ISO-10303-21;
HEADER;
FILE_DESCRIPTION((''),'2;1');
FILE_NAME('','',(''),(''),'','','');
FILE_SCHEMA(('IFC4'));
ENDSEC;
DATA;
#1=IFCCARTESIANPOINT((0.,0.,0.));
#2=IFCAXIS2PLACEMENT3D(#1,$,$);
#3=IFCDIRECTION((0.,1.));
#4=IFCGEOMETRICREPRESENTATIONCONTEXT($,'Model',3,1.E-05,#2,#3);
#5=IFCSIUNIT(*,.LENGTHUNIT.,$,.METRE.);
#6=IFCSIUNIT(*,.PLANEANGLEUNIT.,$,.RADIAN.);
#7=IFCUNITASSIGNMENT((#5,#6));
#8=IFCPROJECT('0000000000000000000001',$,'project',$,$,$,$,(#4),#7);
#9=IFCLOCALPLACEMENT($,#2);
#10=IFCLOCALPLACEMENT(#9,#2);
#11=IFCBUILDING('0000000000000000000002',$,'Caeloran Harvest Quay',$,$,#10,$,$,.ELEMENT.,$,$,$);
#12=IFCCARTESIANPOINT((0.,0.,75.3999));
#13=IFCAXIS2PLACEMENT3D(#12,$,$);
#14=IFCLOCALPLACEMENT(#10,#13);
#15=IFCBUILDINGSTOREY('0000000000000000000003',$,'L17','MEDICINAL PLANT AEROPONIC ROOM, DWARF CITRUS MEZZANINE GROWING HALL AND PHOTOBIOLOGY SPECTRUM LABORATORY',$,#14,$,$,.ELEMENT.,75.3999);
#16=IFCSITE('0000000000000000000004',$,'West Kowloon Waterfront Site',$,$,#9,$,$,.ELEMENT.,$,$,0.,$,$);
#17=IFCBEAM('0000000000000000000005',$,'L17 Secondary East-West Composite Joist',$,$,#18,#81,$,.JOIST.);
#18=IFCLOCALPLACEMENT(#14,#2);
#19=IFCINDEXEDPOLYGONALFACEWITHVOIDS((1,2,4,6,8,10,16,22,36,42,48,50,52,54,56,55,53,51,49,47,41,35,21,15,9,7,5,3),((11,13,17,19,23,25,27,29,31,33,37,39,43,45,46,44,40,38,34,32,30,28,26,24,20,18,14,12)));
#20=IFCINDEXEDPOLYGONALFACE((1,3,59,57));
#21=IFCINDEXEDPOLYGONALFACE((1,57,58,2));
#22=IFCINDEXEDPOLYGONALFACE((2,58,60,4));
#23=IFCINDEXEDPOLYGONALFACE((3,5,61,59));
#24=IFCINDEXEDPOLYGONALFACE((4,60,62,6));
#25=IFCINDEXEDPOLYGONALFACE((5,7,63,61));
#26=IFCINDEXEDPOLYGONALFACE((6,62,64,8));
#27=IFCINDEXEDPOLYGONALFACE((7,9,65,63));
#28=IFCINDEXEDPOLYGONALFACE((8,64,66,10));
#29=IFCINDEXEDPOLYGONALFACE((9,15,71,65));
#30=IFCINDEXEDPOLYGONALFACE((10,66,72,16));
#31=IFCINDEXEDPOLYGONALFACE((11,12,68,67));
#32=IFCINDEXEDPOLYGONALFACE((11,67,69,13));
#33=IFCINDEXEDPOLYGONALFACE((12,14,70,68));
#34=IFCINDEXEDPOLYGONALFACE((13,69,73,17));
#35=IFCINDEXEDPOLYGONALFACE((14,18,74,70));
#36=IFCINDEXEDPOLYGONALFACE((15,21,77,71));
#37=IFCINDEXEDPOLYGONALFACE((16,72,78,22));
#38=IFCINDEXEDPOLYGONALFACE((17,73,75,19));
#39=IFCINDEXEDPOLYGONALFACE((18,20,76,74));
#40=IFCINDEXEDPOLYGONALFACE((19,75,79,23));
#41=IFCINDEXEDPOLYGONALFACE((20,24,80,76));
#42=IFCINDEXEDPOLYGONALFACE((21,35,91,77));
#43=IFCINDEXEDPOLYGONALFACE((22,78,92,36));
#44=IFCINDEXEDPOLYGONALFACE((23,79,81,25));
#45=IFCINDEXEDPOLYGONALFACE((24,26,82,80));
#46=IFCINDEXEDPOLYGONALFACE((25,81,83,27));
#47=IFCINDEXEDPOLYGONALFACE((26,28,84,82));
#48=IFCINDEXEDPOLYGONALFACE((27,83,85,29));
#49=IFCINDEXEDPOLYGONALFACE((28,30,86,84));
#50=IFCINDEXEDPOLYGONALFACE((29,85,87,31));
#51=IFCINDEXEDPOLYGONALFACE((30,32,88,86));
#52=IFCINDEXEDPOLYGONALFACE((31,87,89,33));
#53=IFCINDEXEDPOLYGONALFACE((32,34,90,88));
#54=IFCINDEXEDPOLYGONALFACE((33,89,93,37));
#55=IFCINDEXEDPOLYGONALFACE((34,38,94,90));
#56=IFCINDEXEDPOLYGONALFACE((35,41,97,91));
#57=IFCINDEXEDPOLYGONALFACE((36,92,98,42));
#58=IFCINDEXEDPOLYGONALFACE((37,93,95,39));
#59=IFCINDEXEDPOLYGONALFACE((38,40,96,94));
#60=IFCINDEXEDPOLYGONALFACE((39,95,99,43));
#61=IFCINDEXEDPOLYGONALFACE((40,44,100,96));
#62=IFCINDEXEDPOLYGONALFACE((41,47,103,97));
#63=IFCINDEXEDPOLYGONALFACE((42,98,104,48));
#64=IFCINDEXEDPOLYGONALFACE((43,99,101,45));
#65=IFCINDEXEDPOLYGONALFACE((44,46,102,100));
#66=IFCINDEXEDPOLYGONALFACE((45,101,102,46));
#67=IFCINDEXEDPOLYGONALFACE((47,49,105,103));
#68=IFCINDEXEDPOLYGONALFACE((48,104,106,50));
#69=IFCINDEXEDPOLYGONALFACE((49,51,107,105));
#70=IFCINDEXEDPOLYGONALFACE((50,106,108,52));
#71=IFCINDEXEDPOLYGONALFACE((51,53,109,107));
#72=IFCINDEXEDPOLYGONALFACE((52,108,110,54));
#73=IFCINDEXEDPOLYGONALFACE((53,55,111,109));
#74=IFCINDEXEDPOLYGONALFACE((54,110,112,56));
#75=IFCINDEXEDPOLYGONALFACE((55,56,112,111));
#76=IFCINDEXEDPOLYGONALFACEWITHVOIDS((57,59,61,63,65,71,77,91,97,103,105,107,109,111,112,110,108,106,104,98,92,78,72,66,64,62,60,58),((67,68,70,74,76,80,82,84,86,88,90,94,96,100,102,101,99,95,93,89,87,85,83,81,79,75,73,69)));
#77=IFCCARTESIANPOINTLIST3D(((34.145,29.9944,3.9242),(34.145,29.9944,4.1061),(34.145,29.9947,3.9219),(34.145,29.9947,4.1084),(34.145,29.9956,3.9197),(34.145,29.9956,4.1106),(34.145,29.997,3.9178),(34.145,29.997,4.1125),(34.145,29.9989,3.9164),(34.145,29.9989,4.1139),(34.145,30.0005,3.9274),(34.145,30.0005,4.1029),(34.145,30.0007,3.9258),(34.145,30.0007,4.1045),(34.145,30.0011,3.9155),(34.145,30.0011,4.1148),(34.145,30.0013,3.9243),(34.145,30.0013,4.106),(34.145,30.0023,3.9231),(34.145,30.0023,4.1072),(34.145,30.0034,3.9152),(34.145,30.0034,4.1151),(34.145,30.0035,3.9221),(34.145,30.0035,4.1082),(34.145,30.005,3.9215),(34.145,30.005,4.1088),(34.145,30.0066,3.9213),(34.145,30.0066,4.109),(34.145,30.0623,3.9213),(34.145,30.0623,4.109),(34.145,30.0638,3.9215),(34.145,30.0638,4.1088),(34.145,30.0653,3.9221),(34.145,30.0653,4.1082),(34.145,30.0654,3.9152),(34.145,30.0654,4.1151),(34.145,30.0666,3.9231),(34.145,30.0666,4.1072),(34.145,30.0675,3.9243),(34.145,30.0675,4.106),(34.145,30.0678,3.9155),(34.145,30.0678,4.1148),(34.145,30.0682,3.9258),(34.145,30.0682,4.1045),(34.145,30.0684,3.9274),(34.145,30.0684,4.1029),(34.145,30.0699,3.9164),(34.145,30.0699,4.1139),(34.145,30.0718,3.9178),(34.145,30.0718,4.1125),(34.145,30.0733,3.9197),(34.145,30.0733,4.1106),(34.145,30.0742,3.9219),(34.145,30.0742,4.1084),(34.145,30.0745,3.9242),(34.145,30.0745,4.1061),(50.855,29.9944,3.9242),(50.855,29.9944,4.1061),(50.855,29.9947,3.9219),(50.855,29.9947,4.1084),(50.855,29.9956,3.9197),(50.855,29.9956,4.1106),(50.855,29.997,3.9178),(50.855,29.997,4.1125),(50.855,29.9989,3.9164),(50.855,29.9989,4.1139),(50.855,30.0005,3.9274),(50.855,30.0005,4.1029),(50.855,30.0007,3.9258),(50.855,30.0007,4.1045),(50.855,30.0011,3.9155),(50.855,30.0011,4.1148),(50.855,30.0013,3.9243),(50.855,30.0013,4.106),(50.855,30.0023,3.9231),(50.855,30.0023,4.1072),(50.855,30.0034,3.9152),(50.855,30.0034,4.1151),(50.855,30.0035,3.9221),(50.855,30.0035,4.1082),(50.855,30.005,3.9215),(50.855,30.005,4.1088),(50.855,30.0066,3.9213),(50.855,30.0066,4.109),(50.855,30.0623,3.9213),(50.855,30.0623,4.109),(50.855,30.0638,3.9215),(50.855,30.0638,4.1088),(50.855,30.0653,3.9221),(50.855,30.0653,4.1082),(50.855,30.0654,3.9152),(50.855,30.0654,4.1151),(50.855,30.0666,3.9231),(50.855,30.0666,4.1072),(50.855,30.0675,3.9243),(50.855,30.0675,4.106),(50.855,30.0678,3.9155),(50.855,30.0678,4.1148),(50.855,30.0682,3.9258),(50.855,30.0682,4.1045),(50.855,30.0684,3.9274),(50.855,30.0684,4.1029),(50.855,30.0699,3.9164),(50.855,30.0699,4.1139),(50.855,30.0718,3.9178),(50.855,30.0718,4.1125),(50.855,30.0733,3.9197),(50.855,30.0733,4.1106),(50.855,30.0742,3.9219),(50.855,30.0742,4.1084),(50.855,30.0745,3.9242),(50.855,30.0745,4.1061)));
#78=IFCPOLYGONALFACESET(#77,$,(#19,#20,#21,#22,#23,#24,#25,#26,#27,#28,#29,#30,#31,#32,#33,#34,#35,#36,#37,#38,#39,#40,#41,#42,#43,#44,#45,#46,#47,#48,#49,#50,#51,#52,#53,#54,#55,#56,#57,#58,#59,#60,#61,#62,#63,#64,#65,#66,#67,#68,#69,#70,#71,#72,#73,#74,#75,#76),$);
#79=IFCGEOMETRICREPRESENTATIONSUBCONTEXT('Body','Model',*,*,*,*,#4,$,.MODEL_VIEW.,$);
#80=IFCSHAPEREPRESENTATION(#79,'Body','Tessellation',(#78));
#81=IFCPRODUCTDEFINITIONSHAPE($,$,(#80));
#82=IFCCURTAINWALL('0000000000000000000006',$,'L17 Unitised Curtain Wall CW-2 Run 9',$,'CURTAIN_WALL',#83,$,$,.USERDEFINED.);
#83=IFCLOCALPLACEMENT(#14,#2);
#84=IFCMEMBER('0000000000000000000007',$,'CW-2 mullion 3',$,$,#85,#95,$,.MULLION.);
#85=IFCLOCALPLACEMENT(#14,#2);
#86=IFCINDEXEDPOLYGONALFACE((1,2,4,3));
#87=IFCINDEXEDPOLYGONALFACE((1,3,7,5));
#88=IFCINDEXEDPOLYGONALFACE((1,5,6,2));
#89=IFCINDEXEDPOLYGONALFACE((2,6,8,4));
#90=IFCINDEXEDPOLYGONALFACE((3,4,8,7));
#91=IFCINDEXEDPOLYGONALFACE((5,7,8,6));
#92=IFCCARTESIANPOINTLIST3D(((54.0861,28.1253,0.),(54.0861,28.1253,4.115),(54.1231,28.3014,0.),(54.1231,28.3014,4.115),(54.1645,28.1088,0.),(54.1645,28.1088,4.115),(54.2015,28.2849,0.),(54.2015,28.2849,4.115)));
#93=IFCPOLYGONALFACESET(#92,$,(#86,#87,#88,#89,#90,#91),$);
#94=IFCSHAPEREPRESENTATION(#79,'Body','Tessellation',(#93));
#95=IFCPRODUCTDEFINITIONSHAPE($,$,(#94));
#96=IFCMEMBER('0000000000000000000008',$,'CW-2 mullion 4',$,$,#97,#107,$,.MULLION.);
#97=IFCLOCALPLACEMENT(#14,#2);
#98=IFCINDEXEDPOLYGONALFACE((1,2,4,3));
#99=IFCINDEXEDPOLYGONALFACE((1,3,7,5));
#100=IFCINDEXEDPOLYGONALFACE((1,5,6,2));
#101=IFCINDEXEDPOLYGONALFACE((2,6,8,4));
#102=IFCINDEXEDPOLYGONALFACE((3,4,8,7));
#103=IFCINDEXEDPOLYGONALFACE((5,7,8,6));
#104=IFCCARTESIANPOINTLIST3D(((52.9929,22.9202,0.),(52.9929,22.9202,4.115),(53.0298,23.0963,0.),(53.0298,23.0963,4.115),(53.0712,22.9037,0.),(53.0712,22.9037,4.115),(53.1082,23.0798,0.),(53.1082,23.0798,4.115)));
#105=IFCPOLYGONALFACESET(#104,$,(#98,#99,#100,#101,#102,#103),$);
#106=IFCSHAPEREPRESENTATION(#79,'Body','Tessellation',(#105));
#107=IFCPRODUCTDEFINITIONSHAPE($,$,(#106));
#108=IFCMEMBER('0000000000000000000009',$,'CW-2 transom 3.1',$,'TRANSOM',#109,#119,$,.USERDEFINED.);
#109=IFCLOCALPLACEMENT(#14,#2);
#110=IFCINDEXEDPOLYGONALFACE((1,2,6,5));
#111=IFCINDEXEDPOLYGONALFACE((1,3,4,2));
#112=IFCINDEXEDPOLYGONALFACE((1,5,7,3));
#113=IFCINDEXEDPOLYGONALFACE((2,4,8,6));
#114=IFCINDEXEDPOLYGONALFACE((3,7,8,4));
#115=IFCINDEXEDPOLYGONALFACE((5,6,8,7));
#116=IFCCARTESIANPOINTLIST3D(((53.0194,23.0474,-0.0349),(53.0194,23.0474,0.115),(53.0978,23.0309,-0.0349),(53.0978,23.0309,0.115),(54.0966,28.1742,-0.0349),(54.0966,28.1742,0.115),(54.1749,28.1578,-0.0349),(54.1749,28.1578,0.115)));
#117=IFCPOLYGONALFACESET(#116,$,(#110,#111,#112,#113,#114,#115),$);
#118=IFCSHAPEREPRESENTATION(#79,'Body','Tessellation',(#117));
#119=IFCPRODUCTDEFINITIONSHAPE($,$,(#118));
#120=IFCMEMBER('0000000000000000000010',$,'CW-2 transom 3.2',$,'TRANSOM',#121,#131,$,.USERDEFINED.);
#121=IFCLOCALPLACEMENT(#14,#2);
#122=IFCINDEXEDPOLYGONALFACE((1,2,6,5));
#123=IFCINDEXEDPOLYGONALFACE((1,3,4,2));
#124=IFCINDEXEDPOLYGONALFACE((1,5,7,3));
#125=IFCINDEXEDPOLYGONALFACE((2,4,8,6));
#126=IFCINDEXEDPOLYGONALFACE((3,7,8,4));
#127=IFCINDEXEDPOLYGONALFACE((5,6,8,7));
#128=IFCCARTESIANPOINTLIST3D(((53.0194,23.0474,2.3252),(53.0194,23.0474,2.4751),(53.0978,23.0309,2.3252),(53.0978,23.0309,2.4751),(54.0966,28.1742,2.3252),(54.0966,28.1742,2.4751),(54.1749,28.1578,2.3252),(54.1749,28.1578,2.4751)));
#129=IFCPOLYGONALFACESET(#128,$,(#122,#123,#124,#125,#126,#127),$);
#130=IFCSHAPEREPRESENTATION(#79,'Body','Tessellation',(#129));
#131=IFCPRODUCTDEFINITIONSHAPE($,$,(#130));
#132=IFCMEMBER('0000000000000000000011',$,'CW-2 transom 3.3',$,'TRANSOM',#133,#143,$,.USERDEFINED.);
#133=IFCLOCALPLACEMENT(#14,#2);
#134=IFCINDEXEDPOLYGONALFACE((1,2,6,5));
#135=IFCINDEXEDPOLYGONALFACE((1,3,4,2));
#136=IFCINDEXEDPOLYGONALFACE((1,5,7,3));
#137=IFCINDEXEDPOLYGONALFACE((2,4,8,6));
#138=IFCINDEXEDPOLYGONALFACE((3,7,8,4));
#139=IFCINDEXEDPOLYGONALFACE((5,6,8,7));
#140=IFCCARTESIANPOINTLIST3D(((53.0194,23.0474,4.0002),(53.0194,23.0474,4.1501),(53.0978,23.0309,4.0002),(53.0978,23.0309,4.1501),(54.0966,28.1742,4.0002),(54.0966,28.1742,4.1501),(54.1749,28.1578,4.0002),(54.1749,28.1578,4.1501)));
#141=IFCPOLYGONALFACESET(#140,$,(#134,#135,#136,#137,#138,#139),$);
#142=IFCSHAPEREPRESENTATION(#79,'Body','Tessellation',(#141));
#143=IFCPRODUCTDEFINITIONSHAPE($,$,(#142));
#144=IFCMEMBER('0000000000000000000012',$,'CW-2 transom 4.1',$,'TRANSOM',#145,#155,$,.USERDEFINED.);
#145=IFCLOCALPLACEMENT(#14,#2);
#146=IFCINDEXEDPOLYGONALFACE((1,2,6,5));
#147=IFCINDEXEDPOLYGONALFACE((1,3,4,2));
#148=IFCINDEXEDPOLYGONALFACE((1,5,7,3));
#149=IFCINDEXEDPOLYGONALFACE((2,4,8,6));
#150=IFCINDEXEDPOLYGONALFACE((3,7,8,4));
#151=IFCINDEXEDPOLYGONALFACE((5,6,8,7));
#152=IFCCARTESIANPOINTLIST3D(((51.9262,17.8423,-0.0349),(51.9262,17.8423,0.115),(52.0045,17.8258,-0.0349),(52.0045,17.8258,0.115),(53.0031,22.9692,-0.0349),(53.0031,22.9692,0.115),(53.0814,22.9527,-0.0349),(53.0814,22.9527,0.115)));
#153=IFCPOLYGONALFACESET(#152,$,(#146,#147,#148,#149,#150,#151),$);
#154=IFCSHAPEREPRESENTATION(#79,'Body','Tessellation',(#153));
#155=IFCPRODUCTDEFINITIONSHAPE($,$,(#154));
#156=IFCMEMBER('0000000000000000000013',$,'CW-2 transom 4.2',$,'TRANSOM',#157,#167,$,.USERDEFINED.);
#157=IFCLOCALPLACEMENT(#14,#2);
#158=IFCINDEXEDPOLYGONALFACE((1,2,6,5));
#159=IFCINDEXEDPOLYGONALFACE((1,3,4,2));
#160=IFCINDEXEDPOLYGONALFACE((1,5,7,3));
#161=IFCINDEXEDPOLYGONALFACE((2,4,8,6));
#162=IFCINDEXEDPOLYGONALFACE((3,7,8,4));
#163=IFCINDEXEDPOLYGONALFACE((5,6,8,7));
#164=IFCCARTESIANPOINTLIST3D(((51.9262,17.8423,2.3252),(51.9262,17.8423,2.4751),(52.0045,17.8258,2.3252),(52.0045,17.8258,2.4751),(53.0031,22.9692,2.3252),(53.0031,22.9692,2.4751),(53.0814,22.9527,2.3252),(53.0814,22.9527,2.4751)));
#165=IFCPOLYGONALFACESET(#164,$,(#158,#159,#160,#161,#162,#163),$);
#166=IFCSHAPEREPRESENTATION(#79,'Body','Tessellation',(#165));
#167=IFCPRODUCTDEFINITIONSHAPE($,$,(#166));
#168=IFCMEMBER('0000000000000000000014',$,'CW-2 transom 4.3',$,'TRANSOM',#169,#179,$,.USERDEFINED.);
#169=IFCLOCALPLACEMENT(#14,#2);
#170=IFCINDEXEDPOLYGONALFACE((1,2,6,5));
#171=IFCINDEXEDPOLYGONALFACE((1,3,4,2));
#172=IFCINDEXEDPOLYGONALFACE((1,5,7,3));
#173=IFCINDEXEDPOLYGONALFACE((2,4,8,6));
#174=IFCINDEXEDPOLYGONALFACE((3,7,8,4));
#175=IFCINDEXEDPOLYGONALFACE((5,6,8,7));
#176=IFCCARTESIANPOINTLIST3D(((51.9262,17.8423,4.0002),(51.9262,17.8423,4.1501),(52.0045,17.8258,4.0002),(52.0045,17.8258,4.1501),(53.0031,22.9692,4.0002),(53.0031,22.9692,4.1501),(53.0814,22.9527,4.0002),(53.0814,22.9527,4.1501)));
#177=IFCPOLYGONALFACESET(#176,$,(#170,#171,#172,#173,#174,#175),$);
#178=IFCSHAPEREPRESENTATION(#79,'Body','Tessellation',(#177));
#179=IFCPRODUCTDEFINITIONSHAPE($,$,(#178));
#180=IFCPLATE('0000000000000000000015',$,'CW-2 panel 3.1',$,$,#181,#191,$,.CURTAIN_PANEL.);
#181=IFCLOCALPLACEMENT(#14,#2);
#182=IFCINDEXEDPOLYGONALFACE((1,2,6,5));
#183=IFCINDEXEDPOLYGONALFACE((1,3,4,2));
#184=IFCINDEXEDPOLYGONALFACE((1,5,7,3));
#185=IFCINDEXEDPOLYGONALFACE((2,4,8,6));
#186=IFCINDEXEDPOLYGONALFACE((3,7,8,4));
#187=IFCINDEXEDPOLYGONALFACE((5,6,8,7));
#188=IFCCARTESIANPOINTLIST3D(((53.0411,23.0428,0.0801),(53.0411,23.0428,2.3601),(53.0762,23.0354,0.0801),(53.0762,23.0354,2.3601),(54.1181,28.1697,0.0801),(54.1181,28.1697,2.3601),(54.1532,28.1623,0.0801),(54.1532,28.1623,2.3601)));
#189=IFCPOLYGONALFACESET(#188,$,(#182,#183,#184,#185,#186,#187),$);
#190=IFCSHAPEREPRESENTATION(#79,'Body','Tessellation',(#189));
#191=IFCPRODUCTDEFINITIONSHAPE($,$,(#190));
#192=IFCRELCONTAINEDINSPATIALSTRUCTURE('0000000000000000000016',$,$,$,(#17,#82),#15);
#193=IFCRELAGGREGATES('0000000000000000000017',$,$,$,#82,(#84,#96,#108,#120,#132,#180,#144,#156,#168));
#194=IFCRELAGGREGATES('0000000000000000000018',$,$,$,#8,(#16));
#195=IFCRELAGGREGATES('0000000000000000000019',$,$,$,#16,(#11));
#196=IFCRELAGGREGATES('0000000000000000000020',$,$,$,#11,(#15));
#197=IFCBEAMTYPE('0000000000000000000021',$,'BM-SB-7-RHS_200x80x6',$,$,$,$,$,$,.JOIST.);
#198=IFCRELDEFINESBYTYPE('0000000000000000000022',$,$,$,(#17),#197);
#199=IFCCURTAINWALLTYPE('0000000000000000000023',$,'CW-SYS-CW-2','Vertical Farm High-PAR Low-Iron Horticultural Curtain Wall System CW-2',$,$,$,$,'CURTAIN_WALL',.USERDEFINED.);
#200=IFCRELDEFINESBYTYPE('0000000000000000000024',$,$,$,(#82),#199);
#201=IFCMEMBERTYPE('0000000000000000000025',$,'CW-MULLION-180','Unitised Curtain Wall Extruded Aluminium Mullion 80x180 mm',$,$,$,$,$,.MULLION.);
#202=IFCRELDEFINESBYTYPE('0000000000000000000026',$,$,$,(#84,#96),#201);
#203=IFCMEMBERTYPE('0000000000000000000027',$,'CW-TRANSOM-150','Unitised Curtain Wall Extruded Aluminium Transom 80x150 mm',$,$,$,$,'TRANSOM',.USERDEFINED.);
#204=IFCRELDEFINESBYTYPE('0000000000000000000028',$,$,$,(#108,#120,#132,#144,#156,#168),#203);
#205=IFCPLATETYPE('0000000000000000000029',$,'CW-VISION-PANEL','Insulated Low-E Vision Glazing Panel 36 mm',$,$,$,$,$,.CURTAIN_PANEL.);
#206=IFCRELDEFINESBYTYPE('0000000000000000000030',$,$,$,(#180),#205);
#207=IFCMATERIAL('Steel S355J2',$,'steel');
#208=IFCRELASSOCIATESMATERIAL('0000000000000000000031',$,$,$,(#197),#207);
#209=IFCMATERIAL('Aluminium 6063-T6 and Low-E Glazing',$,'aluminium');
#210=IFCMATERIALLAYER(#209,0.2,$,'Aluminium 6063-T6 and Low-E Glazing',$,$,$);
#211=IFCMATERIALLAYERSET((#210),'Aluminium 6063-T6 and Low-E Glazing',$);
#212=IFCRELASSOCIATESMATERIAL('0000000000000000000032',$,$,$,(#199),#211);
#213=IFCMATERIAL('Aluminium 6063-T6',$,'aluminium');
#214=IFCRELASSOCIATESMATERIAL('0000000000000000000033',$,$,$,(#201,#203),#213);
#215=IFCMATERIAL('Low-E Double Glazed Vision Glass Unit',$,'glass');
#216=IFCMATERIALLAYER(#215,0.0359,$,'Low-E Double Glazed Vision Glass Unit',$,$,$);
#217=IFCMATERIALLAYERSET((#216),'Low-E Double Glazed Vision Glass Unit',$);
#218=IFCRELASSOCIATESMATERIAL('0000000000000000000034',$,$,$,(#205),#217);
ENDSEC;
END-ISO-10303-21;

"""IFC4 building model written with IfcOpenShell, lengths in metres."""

from ifc_helpers import new_model, si_unit, direction, frame, origin, origin_2d, place, context, subcontext, project, spatial, rectangle, hollow_rectangle, extrude, material, layer, layer_set, material_profile, profile_set, type_object, element, aggregate, save


model = new_model("IFC4")

# Units and contexts
model_context = context("Model", 3, precision=1e-05, world=origin(), true_north=direction((0.0, 1.0)))
body_context = subcontext(model_context, "Body", "Model", "MODEL_VIEW")
ifc_project = project(units=[si_unit("LENGTHUNIT", "METRE"), si_unit("PLANEANGLEUNIT", "RADIAN")], contexts=[model_context])

# Site, building, storey
site_placement = place(None, origin())
site = spatial("IfcSite", under=ifc_project, at=site_placement, Name="West Kowloon Waterfront Site", CompositionType="ELEMENT", RefElevation=0.0)
building_placement = place(site_placement, origin())
building = spatial("IfcBuilding", under=site, at=building_placement, Name="Caeloran Harvest Quay", CompositionType="ELEMENT")
storey_placement = place(building_placement, frame((0.0, 0.0, 75.3999)))
storey = spatial("IfcBuildingStorey", under=building, at=storey_placement, Name="L17", Description="MEDICINAL PLANT AEROPONIC ROOM, DWARF CITRUS MEZZANINE GROWING HALL AND PHOTOBIOLOGY SPECTRUM LABORATORY", CompositionType="ELEMENT", Elevation=75.3999)

# Beam
ifc_material_1 = material(Name="Steel S355J2", Category="steel")
ifc_material_profile_1 = material_profile(ifc_material_1, hollow_rectangle(XDim=0.0801, YDim=0.2, WallThickness=0.0061, InnerFilletRadius=0.0061, OuterFilletRadius=0.009, at=origin_2d()), Name="RHS 200x80x6")
ifc_profile_set_1 = profile_set([ifc_material_profile_1], Name="Steel S355J2")
beam_type_1 = type_object("IfcBeamType", Name="BM-SB-7-RHS_200x80x6", PredefinedType="JOIST", material=ifc_profile_set_1)
for number, where, z_axis, x_axis, name in (
    (1, (34.145, 30.0344, 4.0151), (1.0, 0.0, 0.0), (0.0, 1.0, 0.0), "L17 Secondary East-West Composite Joist"),
):
    element("IfcBeam", number, at=place(storey_placement, frame(where, z_axis=z_axis, x_axis=x_axis)), inside=storey, type_object=beam_type_1, Name=name, PredefinedType="JOIST", context=body_context, shape_type="SweptSolid", body=[
        extrude(hollow_rectangle(XDim=0.0801, YDim=0.2, WallThickness=0.0061, InnerFilletRadius=0.0061, OuterFilletRadius=0.009, at=origin_2d()), origin(), (0.0, 0.0, 1.0), 16.71),
    ])

# Curtain wall, members, plate
ifc_material_2 = material(Name="Aluminium 6063-T6 and Low-E Glazing", Category="aluminium")
ifc_layer_1 = layer(ifc_material_2, 0.2, Name="Aluminium 6063-T6 and Low-E Glazing")
ifc_layer_set_1 = layer_set([ifc_layer_1], Name="Aluminium 6063-T6 and Low-E Glazing")
curtain_wall_type = type_object("IfcCurtainWallType", Name="CW-SYS-CW-2", Description="Vertical Farm High-PAR Low-Iron Horticultural Curtain Wall System CW-2", ElementType="CURTAIN_WALL", PredefinedType="USERDEFINED", material=ifc_layer_set_1)
curtain_wall_placement = place(storey_placement, origin())
curtain_wall = element("IfcCurtainWall", 2, at=curtain_wall_placement, inside=storey, type_object=curtain_wall_type, Name="L17 Unitised Curtain Wall CW-2 Run 9", ObjectType="CURTAIN_WALL", PredefinedType="USERDEFINED")
ifc_material_3 = material(Name="Aluminium 6063-T6", Category="aluminium")
ifc_material_profile_2 = material_profile(ifc_material_3, rectangle(XDim=0.0801, YDim=0.1799, at=origin_2d()), Name="CW-MULLION-180")
ifc_profile_set_2 = profile_set([ifc_material_profile_2], Name="Aluminium 6063-T6")
member_type_1 = type_object("IfcMemberType", Name="CW-MULLION-180", Description="Unitised Curtain Wall Extruded Aluminium Mullion 80x180 mm", PredefinedType="MULLION", material=ifc_profile_set_2)
member_1_placement = place(storey_placement, frame((54.1438, 28.2051, 0.0), z_axis=(0.0, 0.0, 1.0), x_axis=(0.97864, -0.205583, 0.0)))
member_1 = element("IfcMember", 3, at=member_1_placement, type_object=member_type_1, Name="CW-2 mullion 3", PredefinedType="MULLION", context=body_context, shape_type="SweptSolid", body=[
    extrude(rectangle(XDim=0.0801, YDim=0.1799, at=origin_2d()), origin(), (0.0, 0.0, 1.0), 4.115),
])
member_2_placement = place(storey_placement, frame((53.0505, 23.0, 0.0), z_axis=(0.0, 0.0, 1.0), x_axis=(0.97864, -0.205583, 0.0)))
member_2 = element("IfcMember", 4, at=member_2_placement, type_object=member_type_1, Name="CW-2 mullion 4", PredefinedType="MULLION", context=body_context, shape_type="SweptSolid", body=[
    extrude(rectangle(XDim=0.0801, YDim=0.1799, at=origin_2d()), origin(), (0.0, 0.0, 1.0), 4.115),
])
ifc_material_profile_3 = material_profile(ifc_material_3, rectangle(XDim=0.0801, YDim=0.1499, at=origin_2d()), Name="CW-TRANSOM-150")
ifc_profile_set_3 = profile_set([ifc_material_profile_3], Name="Aluminium 6063-T6")
member_type_2 = type_object("IfcMemberType", Name="CW-TRANSOM-150", Description="Unitised Curtain Wall Extruded Aluminium Transom 80x150 mm", ElementType="TRANSOM", PredefinedType="USERDEFINED", material=ifc_profile_set_3)
member_3_placement = place(storey_placement, frame((54.1357, 28.166, 0.04), z_axis=(-0.205607, -0.978635, 0.0), x_axis=(0.978635, -0.205607, 0.0)))
member_3 = element("IfcMember", 5, at=member_3_placement, type_object=member_type_2, Name="CW-2 transom 3.1", ObjectType="TRANSOM", PredefinedType="USERDEFINED", context=body_context, shape_type="SweptSolid", body=[
    extrude(rectangle(XDim=0.0801, YDim=0.1499, at=origin_2d()), origin(), (0.0, 0.0, 1.0), 5.2388),
])
member_4_placement = place(storey_placement, frame((54.1357, 28.166, 2.4001), z_axis=(-0.205607, -0.978635, 0.0), x_axis=(0.978635, -0.205607, 0.0)))
member_4 = element("IfcMember", 6, at=member_4_placement, type_object=member_type_2, Name="CW-2 transom 3.2", ObjectType="TRANSOM", PredefinedType="USERDEFINED", context=body_context, shape_type="SweptSolid", body=[
    extrude(rectangle(XDim=0.0801, YDim=0.1499, at=origin_2d()), origin(), (0.0, 0.0, 1.0), 5.2388),
])
member_5_placement = place(storey_placement, frame((54.1357, 28.166, 4.0752), z_axis=(-0.205607, -0.978635, 0.0), x_axis=(0.978635, -0.205607, 0.0)))
member_5 = element("IfcMember", 7, at=member_5_placement, type_object=member_type_2, Name="CW-2 transom 3.3", ObjectType="TRANSOM", PredefinedType="USERDEFINED", context=body_context, shape_type="SweptSolid", body=[
    extrude(rectangle(XDim=0.0801, YDim=0.1499, at=origin_2d()), origin(), (0.0, 0.0, 1.0), 5.2388),
])
member_6_placement = place(storey_placement, frame((53.0422, 22.9609, 0.04), z_axis=(-0.205562, -0.978644, 0.0), x_axis=(0.978644, -0.205562, 0.0)))
member_6 = element("IfcMember", 8, at=member_6_placement, type_object=member_type_2, Name="CW-2 transom 4.1", ObjectType="TRANSOM", PredefinedType="USERDEFINED", context=body_context, shape_type="SweptSolid", body=[
    extrude(rectangle(XDim=0.0801, YDim=0.1499, at=origin_2d()), origin(), (0.0, 0.0, 1.0), 5.2388),
])
member_7_placement = place(storey_placement, frame((53.0422, 22.9609, 2.4001), z_axis=(-0.205562, -0.978644, 0.0), x_axis=(0.978644, -0.205562, 0.0)))
member_7 = element("IfcMember", 9, at=member_7_placement, type_object=member_type_2, Name="CW-2 transom 4.2", ObjectType="TRANSOM", PredefinedType="USERDEFINED", context=body_context, shape_type="SweptSolid", body=[
    extrude(rectangle(XDim=0.0801, YDim=0.1499, at=origin_2d()), origin(), (0.0, 0.0, 1.0), 5.2388),
])
member_8_placement = place(storey_placement, frame((53.0422, 22.9609, 4.0752), z_axis=(-0.205562, -0.978644, 0.0), x_axis=(0.978644, -0.205562, 0.0)))
member_8 = element("IfcMember", 10, at=member_8_placement, type_object=member_type_2, Name="CW-2 transom 4.3", ObjectType="TRANSOM", PredefinedType="USERDEFINED", context=body_context, shape_type="SweptSolid", body=[
    extrude(rectangle(XDim=0.0801, YDim=0.1499, at=origin_2d()), origin(), (0.0, 0.0, 1.0), 5.2388),
])
ifc_material_4 = material(Name="Low-E Double Glazed Vision Glass Unit", Category="glass")
ifc_layer_2 = layer(ifc_material_4, 0.0359, Name="Low-E Double Glazed Vision Glass Unit")
ifc_layer_set_2 = layer_set([ifc_layer_2], Name="Low-E Double Glazed Vision Glass Unit")
plate_type = type_object("IfcPlateType", Name="CW-VISION-PANEL", Description="Insulated Low-E Vision Glazing Panel 36 mm", PredefinedType="CURTAIN_PANEL", material=ifc_layer_set_2)
plate_1_placement = place(storey_placement, frame((53.5972, 25.6025, 0.0801), z_axis=(0.0, 0.0, 1.0), x_axis=(-0.205583, -0.97864, 0.0)))
plate_1 = element("IfcPlate", 11, at=plate_1_placement, type_object=plate_type, Name="CW-2 panel 3.1", PredefinedType="CURTAIN_PANEL", context=body_context, shape_type="SweptSolid", body=[
    extrude(rectangle(XDim=5.2388, YDim=0.0359, at=origin_2d()), origin(), (0.0, 0.0, 1.0), 2.28),
])
aggregate(curtain_wall, [member_1, member_2, member_3, member_4, member_5, plate_1, member_6, member_7, member_8])

save(model, "model.ifc")
